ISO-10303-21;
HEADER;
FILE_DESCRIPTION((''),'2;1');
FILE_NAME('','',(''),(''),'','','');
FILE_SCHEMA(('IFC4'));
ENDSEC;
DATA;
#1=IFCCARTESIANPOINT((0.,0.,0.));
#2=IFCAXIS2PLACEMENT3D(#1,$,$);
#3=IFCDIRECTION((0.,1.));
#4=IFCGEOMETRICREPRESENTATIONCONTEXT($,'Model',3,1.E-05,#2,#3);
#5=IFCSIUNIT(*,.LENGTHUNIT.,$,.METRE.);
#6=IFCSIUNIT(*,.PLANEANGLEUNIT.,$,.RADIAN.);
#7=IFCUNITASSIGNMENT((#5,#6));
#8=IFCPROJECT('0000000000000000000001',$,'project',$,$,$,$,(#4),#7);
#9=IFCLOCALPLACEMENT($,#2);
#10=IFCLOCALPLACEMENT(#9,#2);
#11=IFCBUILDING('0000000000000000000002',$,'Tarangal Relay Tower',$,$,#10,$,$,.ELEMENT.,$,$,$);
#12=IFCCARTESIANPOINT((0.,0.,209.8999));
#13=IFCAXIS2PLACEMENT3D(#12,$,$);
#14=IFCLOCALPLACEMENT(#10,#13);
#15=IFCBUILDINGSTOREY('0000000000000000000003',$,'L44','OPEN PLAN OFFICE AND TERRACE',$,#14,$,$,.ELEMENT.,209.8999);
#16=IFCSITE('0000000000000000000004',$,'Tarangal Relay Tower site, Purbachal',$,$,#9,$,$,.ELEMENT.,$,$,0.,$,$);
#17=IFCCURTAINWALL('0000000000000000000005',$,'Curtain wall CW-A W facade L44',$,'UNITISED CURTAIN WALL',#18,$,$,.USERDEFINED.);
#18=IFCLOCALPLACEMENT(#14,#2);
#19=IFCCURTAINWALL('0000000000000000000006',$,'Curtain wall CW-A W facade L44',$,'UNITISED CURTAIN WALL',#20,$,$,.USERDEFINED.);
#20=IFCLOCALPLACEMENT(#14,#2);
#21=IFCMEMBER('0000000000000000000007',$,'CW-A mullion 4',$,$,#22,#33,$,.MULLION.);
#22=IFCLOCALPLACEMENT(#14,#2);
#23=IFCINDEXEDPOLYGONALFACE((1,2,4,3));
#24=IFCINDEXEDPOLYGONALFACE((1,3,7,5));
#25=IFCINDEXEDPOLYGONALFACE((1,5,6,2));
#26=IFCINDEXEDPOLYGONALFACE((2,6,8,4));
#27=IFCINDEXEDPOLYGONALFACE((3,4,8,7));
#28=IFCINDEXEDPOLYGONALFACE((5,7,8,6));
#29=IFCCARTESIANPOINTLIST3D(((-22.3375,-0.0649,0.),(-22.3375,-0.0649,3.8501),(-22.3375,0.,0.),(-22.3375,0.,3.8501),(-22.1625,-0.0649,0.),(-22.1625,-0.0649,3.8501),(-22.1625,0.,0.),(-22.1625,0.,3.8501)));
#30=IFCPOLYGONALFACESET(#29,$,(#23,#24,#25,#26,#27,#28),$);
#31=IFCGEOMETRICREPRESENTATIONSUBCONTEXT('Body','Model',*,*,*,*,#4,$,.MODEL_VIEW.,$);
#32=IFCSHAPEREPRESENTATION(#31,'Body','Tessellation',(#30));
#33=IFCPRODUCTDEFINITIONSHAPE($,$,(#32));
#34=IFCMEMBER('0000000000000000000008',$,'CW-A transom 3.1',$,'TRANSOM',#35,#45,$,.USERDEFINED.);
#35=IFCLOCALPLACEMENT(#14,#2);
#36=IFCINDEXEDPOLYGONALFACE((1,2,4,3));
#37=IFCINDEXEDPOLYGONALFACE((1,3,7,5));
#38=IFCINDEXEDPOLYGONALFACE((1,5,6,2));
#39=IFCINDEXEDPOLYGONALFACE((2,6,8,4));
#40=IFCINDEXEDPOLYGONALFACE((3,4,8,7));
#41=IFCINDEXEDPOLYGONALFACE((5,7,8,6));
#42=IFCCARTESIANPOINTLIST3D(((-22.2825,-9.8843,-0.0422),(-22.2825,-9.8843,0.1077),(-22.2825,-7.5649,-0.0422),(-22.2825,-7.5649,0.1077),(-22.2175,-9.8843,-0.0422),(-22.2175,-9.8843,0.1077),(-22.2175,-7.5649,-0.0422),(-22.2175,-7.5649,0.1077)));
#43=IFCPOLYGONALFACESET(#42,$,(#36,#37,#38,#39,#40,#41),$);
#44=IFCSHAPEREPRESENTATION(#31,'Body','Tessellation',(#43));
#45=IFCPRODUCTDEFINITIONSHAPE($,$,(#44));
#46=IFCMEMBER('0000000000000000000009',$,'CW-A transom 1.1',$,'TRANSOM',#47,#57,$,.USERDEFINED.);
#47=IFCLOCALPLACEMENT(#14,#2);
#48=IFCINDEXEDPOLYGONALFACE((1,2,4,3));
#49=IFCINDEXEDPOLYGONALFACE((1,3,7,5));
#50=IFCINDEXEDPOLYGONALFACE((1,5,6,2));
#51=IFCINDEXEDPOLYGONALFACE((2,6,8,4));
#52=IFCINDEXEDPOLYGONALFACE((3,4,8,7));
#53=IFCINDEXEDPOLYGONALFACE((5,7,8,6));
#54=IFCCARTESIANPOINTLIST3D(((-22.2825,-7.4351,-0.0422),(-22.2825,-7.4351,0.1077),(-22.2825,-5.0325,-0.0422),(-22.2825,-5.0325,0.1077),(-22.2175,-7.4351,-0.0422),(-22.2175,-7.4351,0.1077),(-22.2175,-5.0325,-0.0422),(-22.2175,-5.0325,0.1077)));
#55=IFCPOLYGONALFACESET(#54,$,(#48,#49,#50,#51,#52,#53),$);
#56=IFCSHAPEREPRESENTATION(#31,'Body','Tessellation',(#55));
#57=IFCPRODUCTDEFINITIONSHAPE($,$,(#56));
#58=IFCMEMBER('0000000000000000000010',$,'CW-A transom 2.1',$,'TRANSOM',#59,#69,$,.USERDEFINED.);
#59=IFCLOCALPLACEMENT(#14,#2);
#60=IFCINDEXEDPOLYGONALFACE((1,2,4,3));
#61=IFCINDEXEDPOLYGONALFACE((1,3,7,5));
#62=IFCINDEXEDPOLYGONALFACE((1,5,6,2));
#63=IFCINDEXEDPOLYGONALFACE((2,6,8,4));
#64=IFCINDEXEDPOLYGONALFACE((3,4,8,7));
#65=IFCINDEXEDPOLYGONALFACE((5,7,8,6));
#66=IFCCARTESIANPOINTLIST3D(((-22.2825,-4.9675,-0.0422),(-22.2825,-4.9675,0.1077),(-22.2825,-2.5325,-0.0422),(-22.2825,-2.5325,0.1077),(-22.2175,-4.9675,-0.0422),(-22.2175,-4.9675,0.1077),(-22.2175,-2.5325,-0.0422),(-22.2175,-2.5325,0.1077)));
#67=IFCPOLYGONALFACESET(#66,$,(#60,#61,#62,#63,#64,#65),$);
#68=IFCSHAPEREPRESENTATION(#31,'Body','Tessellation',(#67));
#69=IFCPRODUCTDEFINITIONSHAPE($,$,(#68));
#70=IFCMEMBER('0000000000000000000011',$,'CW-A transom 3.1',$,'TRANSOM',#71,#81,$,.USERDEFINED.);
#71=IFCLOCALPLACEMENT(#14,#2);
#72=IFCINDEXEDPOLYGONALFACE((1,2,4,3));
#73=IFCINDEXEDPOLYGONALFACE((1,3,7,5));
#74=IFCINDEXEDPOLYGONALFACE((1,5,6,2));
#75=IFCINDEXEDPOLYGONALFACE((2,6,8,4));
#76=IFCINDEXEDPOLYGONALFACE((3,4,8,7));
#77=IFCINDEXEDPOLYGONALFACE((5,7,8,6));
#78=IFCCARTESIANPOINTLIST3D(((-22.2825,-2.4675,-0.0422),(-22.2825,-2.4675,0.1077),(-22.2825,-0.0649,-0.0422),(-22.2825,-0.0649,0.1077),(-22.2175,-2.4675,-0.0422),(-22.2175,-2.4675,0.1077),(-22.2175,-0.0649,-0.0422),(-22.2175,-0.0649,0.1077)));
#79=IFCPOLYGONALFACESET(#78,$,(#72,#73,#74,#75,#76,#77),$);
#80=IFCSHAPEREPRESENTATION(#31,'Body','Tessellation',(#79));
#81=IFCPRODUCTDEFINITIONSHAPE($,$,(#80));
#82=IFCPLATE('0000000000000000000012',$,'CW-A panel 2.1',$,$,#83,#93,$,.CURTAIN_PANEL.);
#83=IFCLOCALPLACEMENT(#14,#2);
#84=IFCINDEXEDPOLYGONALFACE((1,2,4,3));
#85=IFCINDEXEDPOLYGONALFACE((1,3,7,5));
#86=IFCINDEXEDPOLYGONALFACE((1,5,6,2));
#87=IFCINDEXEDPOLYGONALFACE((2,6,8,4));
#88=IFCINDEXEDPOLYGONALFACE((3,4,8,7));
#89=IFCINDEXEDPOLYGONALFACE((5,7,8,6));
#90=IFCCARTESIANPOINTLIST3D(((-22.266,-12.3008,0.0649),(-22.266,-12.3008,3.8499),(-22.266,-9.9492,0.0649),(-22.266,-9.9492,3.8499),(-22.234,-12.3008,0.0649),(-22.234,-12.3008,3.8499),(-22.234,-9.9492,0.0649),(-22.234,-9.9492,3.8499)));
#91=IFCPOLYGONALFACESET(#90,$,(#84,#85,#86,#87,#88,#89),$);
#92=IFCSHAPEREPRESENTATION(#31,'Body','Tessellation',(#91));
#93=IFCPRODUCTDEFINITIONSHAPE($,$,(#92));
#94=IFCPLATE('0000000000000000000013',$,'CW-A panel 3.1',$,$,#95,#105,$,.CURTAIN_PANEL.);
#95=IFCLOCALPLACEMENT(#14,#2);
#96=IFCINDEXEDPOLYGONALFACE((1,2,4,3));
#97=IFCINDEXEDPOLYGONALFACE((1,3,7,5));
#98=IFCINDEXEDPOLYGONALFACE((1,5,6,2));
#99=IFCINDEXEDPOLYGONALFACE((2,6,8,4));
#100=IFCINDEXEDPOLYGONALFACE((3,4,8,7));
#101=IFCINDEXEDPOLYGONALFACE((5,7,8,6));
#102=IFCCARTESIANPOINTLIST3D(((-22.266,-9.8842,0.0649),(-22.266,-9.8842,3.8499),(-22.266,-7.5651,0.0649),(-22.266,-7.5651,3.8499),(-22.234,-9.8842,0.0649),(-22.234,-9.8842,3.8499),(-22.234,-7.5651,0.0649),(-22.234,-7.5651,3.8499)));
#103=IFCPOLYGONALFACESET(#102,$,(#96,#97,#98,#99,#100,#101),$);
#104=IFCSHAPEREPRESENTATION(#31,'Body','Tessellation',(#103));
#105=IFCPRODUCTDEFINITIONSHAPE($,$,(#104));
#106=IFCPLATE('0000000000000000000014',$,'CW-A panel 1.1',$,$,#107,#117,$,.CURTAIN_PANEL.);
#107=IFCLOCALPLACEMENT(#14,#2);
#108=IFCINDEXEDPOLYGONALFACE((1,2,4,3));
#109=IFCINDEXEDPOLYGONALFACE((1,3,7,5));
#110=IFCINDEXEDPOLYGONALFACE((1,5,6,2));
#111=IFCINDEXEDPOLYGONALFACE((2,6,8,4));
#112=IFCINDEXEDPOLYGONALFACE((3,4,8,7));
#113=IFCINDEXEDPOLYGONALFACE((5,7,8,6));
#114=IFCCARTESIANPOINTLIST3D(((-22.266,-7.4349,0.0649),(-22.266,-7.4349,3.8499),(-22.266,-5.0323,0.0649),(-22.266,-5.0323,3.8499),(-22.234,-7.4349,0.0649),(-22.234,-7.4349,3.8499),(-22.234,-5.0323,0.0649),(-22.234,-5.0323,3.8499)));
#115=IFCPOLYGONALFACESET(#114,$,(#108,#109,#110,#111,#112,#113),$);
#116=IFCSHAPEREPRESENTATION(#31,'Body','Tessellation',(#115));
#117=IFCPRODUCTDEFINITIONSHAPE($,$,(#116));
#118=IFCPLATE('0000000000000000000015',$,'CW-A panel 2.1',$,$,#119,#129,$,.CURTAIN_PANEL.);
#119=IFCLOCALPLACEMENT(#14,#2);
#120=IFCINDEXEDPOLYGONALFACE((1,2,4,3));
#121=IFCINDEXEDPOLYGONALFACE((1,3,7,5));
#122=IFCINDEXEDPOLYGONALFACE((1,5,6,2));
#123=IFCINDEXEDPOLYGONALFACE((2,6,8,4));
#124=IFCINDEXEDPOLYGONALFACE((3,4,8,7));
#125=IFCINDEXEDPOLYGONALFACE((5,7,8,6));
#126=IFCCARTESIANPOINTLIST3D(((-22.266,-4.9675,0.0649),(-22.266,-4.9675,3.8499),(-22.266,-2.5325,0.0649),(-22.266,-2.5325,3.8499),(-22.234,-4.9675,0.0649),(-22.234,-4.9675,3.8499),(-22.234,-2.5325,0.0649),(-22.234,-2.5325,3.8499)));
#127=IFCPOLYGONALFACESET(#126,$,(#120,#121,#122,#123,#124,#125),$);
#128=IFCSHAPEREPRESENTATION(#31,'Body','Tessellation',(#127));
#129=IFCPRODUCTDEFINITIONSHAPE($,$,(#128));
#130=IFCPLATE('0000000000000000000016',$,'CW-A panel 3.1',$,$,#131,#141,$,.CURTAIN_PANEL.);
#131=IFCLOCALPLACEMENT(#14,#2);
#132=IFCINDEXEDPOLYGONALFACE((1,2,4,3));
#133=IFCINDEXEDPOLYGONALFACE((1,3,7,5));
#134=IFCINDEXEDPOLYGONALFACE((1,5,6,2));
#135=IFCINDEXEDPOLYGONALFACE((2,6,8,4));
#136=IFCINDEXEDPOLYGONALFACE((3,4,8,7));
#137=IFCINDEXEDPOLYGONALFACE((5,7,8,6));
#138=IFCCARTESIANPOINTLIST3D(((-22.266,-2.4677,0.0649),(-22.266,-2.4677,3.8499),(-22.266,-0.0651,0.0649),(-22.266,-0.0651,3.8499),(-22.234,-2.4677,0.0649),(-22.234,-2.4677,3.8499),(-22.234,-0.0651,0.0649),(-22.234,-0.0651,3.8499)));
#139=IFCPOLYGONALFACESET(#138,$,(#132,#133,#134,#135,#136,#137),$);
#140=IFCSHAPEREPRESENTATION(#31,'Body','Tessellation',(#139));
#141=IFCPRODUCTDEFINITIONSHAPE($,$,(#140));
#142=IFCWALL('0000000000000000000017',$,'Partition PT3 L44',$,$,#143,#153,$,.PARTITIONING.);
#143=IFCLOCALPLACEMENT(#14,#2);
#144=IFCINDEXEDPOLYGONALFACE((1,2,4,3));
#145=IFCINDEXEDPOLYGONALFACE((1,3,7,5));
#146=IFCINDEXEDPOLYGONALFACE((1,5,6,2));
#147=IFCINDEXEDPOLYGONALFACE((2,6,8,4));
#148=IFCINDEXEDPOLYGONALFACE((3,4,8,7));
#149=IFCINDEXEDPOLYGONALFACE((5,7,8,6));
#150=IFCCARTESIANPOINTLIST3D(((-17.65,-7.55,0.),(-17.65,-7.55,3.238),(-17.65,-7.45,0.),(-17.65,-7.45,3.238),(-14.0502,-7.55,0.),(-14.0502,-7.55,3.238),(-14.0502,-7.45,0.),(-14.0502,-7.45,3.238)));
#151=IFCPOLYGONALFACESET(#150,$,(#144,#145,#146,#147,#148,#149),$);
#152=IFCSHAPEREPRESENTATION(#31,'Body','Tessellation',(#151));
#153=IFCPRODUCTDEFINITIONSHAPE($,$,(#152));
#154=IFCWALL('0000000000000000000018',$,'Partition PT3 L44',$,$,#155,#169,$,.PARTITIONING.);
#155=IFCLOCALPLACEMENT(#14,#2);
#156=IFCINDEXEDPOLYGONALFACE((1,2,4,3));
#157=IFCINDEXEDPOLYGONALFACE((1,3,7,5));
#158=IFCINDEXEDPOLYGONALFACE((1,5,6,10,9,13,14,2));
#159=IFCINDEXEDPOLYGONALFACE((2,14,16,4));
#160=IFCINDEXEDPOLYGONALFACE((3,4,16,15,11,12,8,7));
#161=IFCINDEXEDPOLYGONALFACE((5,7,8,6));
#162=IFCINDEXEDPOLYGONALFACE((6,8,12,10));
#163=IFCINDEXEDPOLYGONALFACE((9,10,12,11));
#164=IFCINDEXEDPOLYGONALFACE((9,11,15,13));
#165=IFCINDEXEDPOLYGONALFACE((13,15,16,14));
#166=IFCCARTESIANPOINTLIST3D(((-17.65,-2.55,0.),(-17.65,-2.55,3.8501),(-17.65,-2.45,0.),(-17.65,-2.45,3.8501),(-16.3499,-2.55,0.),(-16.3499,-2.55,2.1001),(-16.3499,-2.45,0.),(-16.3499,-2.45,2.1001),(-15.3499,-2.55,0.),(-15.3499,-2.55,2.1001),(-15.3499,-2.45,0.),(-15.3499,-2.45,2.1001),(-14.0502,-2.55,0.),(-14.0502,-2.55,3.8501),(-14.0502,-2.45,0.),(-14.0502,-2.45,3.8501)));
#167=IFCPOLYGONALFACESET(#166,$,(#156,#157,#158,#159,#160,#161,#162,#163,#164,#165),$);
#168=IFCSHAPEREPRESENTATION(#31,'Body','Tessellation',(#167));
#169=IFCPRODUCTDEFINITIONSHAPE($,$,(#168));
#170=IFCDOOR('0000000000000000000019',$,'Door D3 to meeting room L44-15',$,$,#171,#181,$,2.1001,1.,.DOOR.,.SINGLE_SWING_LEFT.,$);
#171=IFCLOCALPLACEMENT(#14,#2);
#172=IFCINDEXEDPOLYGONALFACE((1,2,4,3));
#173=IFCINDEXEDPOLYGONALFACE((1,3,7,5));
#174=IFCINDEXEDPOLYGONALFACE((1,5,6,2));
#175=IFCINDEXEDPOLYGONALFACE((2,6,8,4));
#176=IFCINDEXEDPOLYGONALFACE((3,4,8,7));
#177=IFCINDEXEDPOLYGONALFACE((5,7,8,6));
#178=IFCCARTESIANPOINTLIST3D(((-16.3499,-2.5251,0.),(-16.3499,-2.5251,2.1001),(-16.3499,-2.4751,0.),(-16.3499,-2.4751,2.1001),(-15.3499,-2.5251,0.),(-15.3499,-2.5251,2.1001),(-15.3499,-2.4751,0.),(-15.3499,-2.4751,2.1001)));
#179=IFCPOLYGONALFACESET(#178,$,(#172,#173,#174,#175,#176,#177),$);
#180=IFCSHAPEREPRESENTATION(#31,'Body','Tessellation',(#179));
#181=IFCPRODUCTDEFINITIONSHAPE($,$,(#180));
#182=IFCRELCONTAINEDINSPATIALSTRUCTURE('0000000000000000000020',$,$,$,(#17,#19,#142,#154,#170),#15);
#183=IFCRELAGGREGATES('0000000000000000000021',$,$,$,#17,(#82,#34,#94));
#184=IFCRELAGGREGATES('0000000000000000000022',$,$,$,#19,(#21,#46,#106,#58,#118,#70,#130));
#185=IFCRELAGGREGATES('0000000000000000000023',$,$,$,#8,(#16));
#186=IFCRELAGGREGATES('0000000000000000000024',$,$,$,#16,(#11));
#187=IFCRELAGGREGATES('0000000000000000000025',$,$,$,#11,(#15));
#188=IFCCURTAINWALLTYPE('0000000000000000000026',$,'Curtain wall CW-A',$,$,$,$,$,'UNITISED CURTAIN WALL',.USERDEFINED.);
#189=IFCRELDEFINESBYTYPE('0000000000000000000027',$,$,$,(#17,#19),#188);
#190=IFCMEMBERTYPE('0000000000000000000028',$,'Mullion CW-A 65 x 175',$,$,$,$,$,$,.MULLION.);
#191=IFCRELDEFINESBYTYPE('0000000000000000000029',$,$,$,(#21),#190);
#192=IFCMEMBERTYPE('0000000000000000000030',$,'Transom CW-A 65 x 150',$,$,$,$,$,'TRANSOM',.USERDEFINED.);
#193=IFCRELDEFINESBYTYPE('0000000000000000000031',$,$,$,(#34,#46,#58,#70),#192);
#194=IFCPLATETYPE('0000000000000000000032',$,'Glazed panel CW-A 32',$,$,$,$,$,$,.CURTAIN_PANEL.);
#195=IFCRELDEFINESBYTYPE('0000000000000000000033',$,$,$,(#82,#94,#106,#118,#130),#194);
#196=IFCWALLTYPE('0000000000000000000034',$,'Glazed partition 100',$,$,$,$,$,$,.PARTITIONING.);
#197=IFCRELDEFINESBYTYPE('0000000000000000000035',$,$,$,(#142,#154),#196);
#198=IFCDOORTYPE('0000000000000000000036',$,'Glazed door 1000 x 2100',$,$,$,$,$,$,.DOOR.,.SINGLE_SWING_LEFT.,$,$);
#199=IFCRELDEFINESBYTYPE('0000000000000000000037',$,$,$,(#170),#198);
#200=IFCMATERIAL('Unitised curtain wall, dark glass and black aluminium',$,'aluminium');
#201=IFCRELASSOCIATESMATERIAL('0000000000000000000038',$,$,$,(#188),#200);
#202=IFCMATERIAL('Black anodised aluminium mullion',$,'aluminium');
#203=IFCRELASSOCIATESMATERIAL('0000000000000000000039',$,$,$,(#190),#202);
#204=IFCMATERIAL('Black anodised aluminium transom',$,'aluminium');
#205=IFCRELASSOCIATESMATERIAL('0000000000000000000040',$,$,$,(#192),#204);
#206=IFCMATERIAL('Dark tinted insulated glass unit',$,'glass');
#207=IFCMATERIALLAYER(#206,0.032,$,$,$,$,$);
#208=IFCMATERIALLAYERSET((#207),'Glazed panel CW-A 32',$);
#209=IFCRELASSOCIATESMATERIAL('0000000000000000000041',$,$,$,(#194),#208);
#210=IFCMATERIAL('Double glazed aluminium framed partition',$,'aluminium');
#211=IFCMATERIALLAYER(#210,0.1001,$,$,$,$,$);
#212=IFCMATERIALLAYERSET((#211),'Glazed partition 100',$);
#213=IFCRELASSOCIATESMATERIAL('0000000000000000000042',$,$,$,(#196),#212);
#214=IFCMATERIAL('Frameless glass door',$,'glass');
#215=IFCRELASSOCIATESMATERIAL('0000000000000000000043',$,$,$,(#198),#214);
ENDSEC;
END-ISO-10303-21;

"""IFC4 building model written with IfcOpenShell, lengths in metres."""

from ifc_helpers import new_model, si_unit, direction, frame, frame_2d, origin, origin_2d, place, context, subcontext, project, spatial, rectangle, extrude, material, layer, layer_set, material_profile, profile_set, type_object, element, fill, aggregate, save


model = new_model("IFC4")

# Units and contexts
model_context = context("Model", 3, precision=1e-05, world=origin(), true_north=direction((0.0, 1.0)))
body_context = subcontext(model_context, "Body", "Model", "MODEL_VIEW")
ifc_project = project(units=[si_unit("LENGTHUNIT", "METRE"), si_unit("PLANEANGLEUNIT", "RADIAN")], contexts=[model_context])

# Site, building, storey
site_placement = place(None, origin())
site = spatial("IfcSite", under=ifc_project, at=site_placement, Name="Tarangal Relay Tower site, Purbachal", CompositionType="ELEMENT", RefElevation=0.0)
building_placement = place(site_placement, origin())
building = spatial("IfcBuilding", under=site, at=building_placement, Name="Tarangal Relay Tower", CompositionType="ELEMENT")
storey_placement = place(building_placement, frame((0.0, 0.0, 209.8999)))
storey = spatial("IfcBuildingStorey", under=building, at=storey_placement, Name="L44", Description="OPEN PLAN OFFICE AND TERRACE", CompositionType="ELEMENT", Elevation=209.8999)

# Curtain walls, member
ifc_material_1 = material(Name="Unitised curtain wall, dark glass and black aluminium", Category="aluminium")
curtain_wall_type = type_object("IfcCurtainWallType", Name="Curtain wall CW-A", ElementType="UNITISED CURTAIN WALL", PredefinedType="USERDEFINED", material=ifc_material_1)
curtain_wall_1_placement = place(storey_placement, origin())
curtain_wall_1 = element("IfcCurtainWall", 1, at=curtain_wall_1_placement, inside=storey, type_object=curtain_wall_type, Name="Curtain wall CW-A W facade L44", ObjectType="UNITISED CURTAIN WALL", PredefinedType="USERDEFINED")
ifc_material_2 = material(Name="Black anodised aluminium mullion", Category="aluminium")
ifc_material_profile_1 = material_profile(ifc_material_2, rectangle(XDim=0.175, YDim=0.0649, at=origin_2d()), Name="CW-AM 65X175")
ifc_profile_set_1 = profile_set([ifc_material_profile_1], Name="Black anodised aluminium mullion")
member_type_1 = type_object("IfcMemberType", Name="Mullion CW-A 65 x 175", PredefinedType="MULLION", material=ifc_profile_set_1)
curtain_wall_2_placement = place(storey_placement, origin())
curtain_wall_2 = element("IfcCurtainWall", 2, at=curtain_wall_2_placement, inside=storey, type_object=curtain_wall_type, Name="Curtain wall CW-A W facade L44", ObjectType="UNITISED CURTAIN WALL", PredefinedType="USERDEFINED")
member_1_placement = place(storey_placement, frame((-22.25, -0.0325, 0.0), z_axis=(0.0, 0.0, 1.0), x_axis=(-1.0, 0.0, 0.0)))
member_1 = element("IfcMember", 3, at=member_1_placement, type_object=member_type_1, Name="CW-A mullion 4", PredefinedType="MULLION", context=body_context, shape_type="SweptSolid", body=[
    extrude(rectangle(XDim=0.175, YDim=0.0649, at=origin_2d()), origin(), (0.0, 0.0, 1.0), 3.8501),
])

# Members
ifc_material_3 = material(Name="Black anodised aluminium transom", Category="aluminium")
ifc_material_profile_2 = material_profile(ifc_material_3, rectangle(XDim=0.0649, YDim=0.1499, at=origin_2d()), Name="CW-AT 65X150")
ifc_profile_set_2 = profile_set([ifc_material_profile_2], Name="Black anodised aluminium transom")
member_type_2 = type_object("IfcMemberType", Name="Transom CW-A 65 x 150", ElementType="TRANSOM", PredefinedType="USERDEFINED", material=ifc_profile_set_2)
member_2_placement = place(storey_placement, frame((-22.25, -9.8843, 0.0327), z_axis=(0.0, 1.0, 0.0), x_axis=(-1.0, 0.0, 0.0)))
member_2 = element("IfcMember", 4, at=member_2_placement, type_object=member_type_2, Name="CW-A transom 3.1", ObjectType="TRANSOM", PredefinedType="USERDEFINED", context=body_context, shape_type="SweptSolid", body=[
    extrude(rectangle(XDim=0.0649, YDim=0.1499, at=origin_2d()), origin(), (0.0, 0.0, 1.0), 2.3193),
])
member_3_placement = place(storey_placement, frame((-22.25, -7.4351, 0.0327), z_axis=(0.0, 1.0, 0.0), x_axis=(-1.0, 0.0, 0.0)))
member_3 = element("IfcMember", 5, at=member_3_placement, type_object=member_type_2, Name="CW-A transom 1.1", ObjectType="TRANSOM", PredefinedType="USERDEFINED", context=body_context, shape_type="SweptSolid", body=[
    extrude(rectangle(XDim=0.0649, YDim=0.1499, at=origin_2d()), origin(), (0.0, 0.0, 1.0), 2.4026),
])
member_4_placement = place(storey_placement, frame((-22.25, -4.9675, 0.0327), z_axis=(0.0, 1.0, 0.0), x_axis=(-1.0, 0.0, 0.0)))
member_4 = element("IfcMember", 6, at=member_4_placement, type_object=member_type_2, Name="CW-A transom 2.1", ObjectType="TRANSOM", PredefinedType="USERDEFINED", context=body_context, shape_type="SweptSolid", body=[
    extrude(rectangle(XDim=0.0649, YDim=0.1499, at=origin_2d()), origin(), (0.0, 0.0, 1.0), 2.4351),
])
member_5_placement = place(storey_placement, frame((-22.25, -2.4675, 0.0327), z_axis=(0.0, 1.0, 0.0), x_axis=(-1.0, 0.0, 0.0)))
member_5 = element("IfcMember", 7, at=member_5_placement, type_object=member_type_2, Name="CW-A transom 3.1", ObjectType="TRANSOM", PredefinedType="USERDEFINED", context=body_context, shape_type="SweptSolid", body=[
    extrude(rectangle(XDim=0.0649, YDim=0.1499, at=origin_2d()), origin(), (0.0, 0.0, 1.0), 2.4026),
])

# Plates
ifc_material_4 = material(Name="Dark tinted insulated glass unit", Category="glass")
ifc_layer_1 = layer(ifc_material_4, 0.032)
ifc_layer_set_1 = layer_set([ifc_layer_1], Name="Glazed panel CW-A 32")
plate_type = type_object("IfcPlateType", Name="Glazed panel CW-A 32", PredefinedType="CURTAIN_PANEL", material=ifc_layer_set_1)
plate_1_placement = place(storey_placement, frame((-22.25, -11.125, 0.0649), z_axis=(0.0, 0.0, 1.0), x_axis=(0.0, 1.0, 0.0)))
plate_1 = element("IfcPlate", 8, at=plate_1_placement, type_object=plate_type, Name="CW-A panel 2.1", PredefinedType="CURTAIN_PANEL", context=body_context, shape_type="SweptSolid", body=[
    extrude(rectangle(XDim=2.3516, YDim=0.032, at=origin_2d()), origin(), (0.0, 0.0, 1.0), 3.7849),
])
plate_2_placement = place(storey_placement, frame((-22.25, -8.7246, 0.0649), z_axis=(0.0, 0.0, 1.0), x_axis=(0.0, 1.0, 0.0)))
plate_2 = element("IfcPlate", 9, at=plate_2_placement, type_object=plate_type, Name="CW-A panel 3.1", PredefinedType="CURTAIN_PANEL", context=body_context, shape_type="SweptSolid", body=[
    extrude(rectangle(XDim=2.3191, YDim=0.032, at=origin_2d()), origin(), (0.0, 0.0, 1.0), 3.7849),
])
aggregate(curtain_wall_1, [plate_1, member_2, plate_2])
plate_3_placement = place(storey_placement, frame((-22.25, -6.2336, 0.0649), z_axis=(0.0, 0.0, 1.0), x_axis=(0.0, 1.0, 0.0)))
plate_3 = element("IfcPlate", 10, at=plate_3_placement, type_object=plate_type, Name="CW-A panel 1.1", PredefinedType="CURTAIN_PANEL", context=body_context, shape_type="SweptSolid", body=[
    extrude(rectangle(XDim=2.4026, YDim=0.032, at=origin_2d()), origin(), (0.0, 0.0, 1.0), 3.7849),
])
plate_4_placement = place(storey_placement, frame((-22.25, -3.75, 0.0649), z_axis=(0.0, 0.0, 1.0), x_axis=(0.0, 1.0, 0.0)))
plate_4 = element("IfcPlate", 11, at=plate_4_placement, type_object=plate_type, Name="CW-A panel 2.1", PredefinedType="CURTAIN_PANEL", context=body_context, shape_type="SweptSolid", body=[
    extrude(rectangle(XDim=2.4351, YDim=0.032, at=origin_2d()), origin(), (0.0, 0.0, 1.0), 3.7849),
])
plate_5_placement = place(storey_placement, frame((-22.25, -1.2664, 0.0649), z_axis=(0.0, 0.0, 1.0), x_axis=(0.0, 1.0, 0.0)))
plate_5 = element("IfcPlate", 12, at=plate_5_placement, type_object=plate_type, Name="CW-A panel 3.1", PredefinedType="CURTAIN_PANEL", context=body_context, shape_type="SweptSolid", body=[
    extrude(rectangle(XDim=2.4026, YDim=0.032, at=origin_2d()), origin(), (0.0, 0.0, 1.0), 3.7849),
])
aggregate(curtain_wall_2, [member_1, member_3, plate_3, member_4, plate_4, member_5, plate_5])

# Wall
ifc_material_5 = material(Name="Double glazed aluminium framed partition", Category="aluminium")
ifc_layer_2 = layer(ifc_material_5, 0.1001)
ifc_layer_set_2 = layer_set([ifc_layer_2], Name="Glazed partition 100")
wall_type_1 = type_object("IfcWallType", Name="Glazed partition 100", PredefinedType="PARTITIONING", material=ifc_layer_set_2)
wall_1_placement = place(storey_placement, frame((-17.6499, -7.5, 0.0), z_axis=(0.0, 0.0, 1.0), x_axis=(1.0, 0.0, 0.0)))
element("IfcWall", 13, at=wall_1_placement, inside=storey, type_object=wall_type_1, Name="Partition PT3 L44", PredefinedType="PARTITIONING", context=body_context, shape_type="SweptSolid", body=[
    extrude(rectangle(XDim=3.5999, YDim=0.1001, at=frame_2d((1.7998, 0.0))), origin(), (0.0, 0.0, 1.0), 3.238),
])

# Wall, opening, door
wall_2_placement = place(storey_placement, frame((-17.6499, -2.5, 0.0), z_axis=(0.0, 0.0, 1.0), x_axis=(1.0, 0.0, 0.0)))
wall_2 = element("IfcWall", 14, at=wall_2_placement, inside=storey, type_object=wall_type_1, Name="Partition PT3 L44", PredefinedType="PARTITIONING", context=body_context, shape_type="SweptSolid", body=[
    extrude(rectangle(XDim=3.5999, YDim=0.1001, at=frame_2d((1.7998, 0.0))), origin(), (0.0, 0.0, 1.0), 3.8501),
])
opening_placement = place(wall_2_placement, frame((1.3, 0.0, 0.0)))
opening = element("IfcOpeningElement", 15, at=opening_placement, cuts=wall_2, PredefinedType="OPENING", context=body_context, shape_type="SweptSolid", body=[
    extrude(rectangle(XDim=1.0, YDim=2.1001, at=frame_2d((0.5, 1.05))), frame((0.0, 0.0601, 0.0), z_axis=(0.0, -1.0, 0.0), x_axis=(1.0, 0.0, 0.0)), (0.0, 0.0, 1.0), 0.1201),
])
ifc_material_6 = material(Name="Frameless glass door", Category="glass")
door_type = type_object("IfcDoorType", Name="Glazed door 1000 x 2100", OperationType="SINGLE_SWING_LEFT", PredefinedType="DOOR", material=ifc_material_6)
door_placement = place(opening_placement, origin())
door = element("IfcDoor", 16, at=door_placement, inside=storey, type_object=door_type, Name="Door D3 to meeting room L44-15", OperationType="SINGLE_SWING_LEFT", OverallHeight=2.1001, OverallWidth=1.0, PredefinedType="DOOR", context=body_context, shape_type="SweptSolid", body=[
    extrude(rectangle(XDim=1.0, YDim=2.1001, at=frame_2d((0.5, 1.05))), frame((0.0, 0.0249, 0.0), z_axis=(0.0, -1.0, 0.0), x_axis=(1.0, 0.0, 0.0)), (0.0, 0.0, 1.0), 0.05),
])
fill(opening, door)

save(model, "model.ifc")
